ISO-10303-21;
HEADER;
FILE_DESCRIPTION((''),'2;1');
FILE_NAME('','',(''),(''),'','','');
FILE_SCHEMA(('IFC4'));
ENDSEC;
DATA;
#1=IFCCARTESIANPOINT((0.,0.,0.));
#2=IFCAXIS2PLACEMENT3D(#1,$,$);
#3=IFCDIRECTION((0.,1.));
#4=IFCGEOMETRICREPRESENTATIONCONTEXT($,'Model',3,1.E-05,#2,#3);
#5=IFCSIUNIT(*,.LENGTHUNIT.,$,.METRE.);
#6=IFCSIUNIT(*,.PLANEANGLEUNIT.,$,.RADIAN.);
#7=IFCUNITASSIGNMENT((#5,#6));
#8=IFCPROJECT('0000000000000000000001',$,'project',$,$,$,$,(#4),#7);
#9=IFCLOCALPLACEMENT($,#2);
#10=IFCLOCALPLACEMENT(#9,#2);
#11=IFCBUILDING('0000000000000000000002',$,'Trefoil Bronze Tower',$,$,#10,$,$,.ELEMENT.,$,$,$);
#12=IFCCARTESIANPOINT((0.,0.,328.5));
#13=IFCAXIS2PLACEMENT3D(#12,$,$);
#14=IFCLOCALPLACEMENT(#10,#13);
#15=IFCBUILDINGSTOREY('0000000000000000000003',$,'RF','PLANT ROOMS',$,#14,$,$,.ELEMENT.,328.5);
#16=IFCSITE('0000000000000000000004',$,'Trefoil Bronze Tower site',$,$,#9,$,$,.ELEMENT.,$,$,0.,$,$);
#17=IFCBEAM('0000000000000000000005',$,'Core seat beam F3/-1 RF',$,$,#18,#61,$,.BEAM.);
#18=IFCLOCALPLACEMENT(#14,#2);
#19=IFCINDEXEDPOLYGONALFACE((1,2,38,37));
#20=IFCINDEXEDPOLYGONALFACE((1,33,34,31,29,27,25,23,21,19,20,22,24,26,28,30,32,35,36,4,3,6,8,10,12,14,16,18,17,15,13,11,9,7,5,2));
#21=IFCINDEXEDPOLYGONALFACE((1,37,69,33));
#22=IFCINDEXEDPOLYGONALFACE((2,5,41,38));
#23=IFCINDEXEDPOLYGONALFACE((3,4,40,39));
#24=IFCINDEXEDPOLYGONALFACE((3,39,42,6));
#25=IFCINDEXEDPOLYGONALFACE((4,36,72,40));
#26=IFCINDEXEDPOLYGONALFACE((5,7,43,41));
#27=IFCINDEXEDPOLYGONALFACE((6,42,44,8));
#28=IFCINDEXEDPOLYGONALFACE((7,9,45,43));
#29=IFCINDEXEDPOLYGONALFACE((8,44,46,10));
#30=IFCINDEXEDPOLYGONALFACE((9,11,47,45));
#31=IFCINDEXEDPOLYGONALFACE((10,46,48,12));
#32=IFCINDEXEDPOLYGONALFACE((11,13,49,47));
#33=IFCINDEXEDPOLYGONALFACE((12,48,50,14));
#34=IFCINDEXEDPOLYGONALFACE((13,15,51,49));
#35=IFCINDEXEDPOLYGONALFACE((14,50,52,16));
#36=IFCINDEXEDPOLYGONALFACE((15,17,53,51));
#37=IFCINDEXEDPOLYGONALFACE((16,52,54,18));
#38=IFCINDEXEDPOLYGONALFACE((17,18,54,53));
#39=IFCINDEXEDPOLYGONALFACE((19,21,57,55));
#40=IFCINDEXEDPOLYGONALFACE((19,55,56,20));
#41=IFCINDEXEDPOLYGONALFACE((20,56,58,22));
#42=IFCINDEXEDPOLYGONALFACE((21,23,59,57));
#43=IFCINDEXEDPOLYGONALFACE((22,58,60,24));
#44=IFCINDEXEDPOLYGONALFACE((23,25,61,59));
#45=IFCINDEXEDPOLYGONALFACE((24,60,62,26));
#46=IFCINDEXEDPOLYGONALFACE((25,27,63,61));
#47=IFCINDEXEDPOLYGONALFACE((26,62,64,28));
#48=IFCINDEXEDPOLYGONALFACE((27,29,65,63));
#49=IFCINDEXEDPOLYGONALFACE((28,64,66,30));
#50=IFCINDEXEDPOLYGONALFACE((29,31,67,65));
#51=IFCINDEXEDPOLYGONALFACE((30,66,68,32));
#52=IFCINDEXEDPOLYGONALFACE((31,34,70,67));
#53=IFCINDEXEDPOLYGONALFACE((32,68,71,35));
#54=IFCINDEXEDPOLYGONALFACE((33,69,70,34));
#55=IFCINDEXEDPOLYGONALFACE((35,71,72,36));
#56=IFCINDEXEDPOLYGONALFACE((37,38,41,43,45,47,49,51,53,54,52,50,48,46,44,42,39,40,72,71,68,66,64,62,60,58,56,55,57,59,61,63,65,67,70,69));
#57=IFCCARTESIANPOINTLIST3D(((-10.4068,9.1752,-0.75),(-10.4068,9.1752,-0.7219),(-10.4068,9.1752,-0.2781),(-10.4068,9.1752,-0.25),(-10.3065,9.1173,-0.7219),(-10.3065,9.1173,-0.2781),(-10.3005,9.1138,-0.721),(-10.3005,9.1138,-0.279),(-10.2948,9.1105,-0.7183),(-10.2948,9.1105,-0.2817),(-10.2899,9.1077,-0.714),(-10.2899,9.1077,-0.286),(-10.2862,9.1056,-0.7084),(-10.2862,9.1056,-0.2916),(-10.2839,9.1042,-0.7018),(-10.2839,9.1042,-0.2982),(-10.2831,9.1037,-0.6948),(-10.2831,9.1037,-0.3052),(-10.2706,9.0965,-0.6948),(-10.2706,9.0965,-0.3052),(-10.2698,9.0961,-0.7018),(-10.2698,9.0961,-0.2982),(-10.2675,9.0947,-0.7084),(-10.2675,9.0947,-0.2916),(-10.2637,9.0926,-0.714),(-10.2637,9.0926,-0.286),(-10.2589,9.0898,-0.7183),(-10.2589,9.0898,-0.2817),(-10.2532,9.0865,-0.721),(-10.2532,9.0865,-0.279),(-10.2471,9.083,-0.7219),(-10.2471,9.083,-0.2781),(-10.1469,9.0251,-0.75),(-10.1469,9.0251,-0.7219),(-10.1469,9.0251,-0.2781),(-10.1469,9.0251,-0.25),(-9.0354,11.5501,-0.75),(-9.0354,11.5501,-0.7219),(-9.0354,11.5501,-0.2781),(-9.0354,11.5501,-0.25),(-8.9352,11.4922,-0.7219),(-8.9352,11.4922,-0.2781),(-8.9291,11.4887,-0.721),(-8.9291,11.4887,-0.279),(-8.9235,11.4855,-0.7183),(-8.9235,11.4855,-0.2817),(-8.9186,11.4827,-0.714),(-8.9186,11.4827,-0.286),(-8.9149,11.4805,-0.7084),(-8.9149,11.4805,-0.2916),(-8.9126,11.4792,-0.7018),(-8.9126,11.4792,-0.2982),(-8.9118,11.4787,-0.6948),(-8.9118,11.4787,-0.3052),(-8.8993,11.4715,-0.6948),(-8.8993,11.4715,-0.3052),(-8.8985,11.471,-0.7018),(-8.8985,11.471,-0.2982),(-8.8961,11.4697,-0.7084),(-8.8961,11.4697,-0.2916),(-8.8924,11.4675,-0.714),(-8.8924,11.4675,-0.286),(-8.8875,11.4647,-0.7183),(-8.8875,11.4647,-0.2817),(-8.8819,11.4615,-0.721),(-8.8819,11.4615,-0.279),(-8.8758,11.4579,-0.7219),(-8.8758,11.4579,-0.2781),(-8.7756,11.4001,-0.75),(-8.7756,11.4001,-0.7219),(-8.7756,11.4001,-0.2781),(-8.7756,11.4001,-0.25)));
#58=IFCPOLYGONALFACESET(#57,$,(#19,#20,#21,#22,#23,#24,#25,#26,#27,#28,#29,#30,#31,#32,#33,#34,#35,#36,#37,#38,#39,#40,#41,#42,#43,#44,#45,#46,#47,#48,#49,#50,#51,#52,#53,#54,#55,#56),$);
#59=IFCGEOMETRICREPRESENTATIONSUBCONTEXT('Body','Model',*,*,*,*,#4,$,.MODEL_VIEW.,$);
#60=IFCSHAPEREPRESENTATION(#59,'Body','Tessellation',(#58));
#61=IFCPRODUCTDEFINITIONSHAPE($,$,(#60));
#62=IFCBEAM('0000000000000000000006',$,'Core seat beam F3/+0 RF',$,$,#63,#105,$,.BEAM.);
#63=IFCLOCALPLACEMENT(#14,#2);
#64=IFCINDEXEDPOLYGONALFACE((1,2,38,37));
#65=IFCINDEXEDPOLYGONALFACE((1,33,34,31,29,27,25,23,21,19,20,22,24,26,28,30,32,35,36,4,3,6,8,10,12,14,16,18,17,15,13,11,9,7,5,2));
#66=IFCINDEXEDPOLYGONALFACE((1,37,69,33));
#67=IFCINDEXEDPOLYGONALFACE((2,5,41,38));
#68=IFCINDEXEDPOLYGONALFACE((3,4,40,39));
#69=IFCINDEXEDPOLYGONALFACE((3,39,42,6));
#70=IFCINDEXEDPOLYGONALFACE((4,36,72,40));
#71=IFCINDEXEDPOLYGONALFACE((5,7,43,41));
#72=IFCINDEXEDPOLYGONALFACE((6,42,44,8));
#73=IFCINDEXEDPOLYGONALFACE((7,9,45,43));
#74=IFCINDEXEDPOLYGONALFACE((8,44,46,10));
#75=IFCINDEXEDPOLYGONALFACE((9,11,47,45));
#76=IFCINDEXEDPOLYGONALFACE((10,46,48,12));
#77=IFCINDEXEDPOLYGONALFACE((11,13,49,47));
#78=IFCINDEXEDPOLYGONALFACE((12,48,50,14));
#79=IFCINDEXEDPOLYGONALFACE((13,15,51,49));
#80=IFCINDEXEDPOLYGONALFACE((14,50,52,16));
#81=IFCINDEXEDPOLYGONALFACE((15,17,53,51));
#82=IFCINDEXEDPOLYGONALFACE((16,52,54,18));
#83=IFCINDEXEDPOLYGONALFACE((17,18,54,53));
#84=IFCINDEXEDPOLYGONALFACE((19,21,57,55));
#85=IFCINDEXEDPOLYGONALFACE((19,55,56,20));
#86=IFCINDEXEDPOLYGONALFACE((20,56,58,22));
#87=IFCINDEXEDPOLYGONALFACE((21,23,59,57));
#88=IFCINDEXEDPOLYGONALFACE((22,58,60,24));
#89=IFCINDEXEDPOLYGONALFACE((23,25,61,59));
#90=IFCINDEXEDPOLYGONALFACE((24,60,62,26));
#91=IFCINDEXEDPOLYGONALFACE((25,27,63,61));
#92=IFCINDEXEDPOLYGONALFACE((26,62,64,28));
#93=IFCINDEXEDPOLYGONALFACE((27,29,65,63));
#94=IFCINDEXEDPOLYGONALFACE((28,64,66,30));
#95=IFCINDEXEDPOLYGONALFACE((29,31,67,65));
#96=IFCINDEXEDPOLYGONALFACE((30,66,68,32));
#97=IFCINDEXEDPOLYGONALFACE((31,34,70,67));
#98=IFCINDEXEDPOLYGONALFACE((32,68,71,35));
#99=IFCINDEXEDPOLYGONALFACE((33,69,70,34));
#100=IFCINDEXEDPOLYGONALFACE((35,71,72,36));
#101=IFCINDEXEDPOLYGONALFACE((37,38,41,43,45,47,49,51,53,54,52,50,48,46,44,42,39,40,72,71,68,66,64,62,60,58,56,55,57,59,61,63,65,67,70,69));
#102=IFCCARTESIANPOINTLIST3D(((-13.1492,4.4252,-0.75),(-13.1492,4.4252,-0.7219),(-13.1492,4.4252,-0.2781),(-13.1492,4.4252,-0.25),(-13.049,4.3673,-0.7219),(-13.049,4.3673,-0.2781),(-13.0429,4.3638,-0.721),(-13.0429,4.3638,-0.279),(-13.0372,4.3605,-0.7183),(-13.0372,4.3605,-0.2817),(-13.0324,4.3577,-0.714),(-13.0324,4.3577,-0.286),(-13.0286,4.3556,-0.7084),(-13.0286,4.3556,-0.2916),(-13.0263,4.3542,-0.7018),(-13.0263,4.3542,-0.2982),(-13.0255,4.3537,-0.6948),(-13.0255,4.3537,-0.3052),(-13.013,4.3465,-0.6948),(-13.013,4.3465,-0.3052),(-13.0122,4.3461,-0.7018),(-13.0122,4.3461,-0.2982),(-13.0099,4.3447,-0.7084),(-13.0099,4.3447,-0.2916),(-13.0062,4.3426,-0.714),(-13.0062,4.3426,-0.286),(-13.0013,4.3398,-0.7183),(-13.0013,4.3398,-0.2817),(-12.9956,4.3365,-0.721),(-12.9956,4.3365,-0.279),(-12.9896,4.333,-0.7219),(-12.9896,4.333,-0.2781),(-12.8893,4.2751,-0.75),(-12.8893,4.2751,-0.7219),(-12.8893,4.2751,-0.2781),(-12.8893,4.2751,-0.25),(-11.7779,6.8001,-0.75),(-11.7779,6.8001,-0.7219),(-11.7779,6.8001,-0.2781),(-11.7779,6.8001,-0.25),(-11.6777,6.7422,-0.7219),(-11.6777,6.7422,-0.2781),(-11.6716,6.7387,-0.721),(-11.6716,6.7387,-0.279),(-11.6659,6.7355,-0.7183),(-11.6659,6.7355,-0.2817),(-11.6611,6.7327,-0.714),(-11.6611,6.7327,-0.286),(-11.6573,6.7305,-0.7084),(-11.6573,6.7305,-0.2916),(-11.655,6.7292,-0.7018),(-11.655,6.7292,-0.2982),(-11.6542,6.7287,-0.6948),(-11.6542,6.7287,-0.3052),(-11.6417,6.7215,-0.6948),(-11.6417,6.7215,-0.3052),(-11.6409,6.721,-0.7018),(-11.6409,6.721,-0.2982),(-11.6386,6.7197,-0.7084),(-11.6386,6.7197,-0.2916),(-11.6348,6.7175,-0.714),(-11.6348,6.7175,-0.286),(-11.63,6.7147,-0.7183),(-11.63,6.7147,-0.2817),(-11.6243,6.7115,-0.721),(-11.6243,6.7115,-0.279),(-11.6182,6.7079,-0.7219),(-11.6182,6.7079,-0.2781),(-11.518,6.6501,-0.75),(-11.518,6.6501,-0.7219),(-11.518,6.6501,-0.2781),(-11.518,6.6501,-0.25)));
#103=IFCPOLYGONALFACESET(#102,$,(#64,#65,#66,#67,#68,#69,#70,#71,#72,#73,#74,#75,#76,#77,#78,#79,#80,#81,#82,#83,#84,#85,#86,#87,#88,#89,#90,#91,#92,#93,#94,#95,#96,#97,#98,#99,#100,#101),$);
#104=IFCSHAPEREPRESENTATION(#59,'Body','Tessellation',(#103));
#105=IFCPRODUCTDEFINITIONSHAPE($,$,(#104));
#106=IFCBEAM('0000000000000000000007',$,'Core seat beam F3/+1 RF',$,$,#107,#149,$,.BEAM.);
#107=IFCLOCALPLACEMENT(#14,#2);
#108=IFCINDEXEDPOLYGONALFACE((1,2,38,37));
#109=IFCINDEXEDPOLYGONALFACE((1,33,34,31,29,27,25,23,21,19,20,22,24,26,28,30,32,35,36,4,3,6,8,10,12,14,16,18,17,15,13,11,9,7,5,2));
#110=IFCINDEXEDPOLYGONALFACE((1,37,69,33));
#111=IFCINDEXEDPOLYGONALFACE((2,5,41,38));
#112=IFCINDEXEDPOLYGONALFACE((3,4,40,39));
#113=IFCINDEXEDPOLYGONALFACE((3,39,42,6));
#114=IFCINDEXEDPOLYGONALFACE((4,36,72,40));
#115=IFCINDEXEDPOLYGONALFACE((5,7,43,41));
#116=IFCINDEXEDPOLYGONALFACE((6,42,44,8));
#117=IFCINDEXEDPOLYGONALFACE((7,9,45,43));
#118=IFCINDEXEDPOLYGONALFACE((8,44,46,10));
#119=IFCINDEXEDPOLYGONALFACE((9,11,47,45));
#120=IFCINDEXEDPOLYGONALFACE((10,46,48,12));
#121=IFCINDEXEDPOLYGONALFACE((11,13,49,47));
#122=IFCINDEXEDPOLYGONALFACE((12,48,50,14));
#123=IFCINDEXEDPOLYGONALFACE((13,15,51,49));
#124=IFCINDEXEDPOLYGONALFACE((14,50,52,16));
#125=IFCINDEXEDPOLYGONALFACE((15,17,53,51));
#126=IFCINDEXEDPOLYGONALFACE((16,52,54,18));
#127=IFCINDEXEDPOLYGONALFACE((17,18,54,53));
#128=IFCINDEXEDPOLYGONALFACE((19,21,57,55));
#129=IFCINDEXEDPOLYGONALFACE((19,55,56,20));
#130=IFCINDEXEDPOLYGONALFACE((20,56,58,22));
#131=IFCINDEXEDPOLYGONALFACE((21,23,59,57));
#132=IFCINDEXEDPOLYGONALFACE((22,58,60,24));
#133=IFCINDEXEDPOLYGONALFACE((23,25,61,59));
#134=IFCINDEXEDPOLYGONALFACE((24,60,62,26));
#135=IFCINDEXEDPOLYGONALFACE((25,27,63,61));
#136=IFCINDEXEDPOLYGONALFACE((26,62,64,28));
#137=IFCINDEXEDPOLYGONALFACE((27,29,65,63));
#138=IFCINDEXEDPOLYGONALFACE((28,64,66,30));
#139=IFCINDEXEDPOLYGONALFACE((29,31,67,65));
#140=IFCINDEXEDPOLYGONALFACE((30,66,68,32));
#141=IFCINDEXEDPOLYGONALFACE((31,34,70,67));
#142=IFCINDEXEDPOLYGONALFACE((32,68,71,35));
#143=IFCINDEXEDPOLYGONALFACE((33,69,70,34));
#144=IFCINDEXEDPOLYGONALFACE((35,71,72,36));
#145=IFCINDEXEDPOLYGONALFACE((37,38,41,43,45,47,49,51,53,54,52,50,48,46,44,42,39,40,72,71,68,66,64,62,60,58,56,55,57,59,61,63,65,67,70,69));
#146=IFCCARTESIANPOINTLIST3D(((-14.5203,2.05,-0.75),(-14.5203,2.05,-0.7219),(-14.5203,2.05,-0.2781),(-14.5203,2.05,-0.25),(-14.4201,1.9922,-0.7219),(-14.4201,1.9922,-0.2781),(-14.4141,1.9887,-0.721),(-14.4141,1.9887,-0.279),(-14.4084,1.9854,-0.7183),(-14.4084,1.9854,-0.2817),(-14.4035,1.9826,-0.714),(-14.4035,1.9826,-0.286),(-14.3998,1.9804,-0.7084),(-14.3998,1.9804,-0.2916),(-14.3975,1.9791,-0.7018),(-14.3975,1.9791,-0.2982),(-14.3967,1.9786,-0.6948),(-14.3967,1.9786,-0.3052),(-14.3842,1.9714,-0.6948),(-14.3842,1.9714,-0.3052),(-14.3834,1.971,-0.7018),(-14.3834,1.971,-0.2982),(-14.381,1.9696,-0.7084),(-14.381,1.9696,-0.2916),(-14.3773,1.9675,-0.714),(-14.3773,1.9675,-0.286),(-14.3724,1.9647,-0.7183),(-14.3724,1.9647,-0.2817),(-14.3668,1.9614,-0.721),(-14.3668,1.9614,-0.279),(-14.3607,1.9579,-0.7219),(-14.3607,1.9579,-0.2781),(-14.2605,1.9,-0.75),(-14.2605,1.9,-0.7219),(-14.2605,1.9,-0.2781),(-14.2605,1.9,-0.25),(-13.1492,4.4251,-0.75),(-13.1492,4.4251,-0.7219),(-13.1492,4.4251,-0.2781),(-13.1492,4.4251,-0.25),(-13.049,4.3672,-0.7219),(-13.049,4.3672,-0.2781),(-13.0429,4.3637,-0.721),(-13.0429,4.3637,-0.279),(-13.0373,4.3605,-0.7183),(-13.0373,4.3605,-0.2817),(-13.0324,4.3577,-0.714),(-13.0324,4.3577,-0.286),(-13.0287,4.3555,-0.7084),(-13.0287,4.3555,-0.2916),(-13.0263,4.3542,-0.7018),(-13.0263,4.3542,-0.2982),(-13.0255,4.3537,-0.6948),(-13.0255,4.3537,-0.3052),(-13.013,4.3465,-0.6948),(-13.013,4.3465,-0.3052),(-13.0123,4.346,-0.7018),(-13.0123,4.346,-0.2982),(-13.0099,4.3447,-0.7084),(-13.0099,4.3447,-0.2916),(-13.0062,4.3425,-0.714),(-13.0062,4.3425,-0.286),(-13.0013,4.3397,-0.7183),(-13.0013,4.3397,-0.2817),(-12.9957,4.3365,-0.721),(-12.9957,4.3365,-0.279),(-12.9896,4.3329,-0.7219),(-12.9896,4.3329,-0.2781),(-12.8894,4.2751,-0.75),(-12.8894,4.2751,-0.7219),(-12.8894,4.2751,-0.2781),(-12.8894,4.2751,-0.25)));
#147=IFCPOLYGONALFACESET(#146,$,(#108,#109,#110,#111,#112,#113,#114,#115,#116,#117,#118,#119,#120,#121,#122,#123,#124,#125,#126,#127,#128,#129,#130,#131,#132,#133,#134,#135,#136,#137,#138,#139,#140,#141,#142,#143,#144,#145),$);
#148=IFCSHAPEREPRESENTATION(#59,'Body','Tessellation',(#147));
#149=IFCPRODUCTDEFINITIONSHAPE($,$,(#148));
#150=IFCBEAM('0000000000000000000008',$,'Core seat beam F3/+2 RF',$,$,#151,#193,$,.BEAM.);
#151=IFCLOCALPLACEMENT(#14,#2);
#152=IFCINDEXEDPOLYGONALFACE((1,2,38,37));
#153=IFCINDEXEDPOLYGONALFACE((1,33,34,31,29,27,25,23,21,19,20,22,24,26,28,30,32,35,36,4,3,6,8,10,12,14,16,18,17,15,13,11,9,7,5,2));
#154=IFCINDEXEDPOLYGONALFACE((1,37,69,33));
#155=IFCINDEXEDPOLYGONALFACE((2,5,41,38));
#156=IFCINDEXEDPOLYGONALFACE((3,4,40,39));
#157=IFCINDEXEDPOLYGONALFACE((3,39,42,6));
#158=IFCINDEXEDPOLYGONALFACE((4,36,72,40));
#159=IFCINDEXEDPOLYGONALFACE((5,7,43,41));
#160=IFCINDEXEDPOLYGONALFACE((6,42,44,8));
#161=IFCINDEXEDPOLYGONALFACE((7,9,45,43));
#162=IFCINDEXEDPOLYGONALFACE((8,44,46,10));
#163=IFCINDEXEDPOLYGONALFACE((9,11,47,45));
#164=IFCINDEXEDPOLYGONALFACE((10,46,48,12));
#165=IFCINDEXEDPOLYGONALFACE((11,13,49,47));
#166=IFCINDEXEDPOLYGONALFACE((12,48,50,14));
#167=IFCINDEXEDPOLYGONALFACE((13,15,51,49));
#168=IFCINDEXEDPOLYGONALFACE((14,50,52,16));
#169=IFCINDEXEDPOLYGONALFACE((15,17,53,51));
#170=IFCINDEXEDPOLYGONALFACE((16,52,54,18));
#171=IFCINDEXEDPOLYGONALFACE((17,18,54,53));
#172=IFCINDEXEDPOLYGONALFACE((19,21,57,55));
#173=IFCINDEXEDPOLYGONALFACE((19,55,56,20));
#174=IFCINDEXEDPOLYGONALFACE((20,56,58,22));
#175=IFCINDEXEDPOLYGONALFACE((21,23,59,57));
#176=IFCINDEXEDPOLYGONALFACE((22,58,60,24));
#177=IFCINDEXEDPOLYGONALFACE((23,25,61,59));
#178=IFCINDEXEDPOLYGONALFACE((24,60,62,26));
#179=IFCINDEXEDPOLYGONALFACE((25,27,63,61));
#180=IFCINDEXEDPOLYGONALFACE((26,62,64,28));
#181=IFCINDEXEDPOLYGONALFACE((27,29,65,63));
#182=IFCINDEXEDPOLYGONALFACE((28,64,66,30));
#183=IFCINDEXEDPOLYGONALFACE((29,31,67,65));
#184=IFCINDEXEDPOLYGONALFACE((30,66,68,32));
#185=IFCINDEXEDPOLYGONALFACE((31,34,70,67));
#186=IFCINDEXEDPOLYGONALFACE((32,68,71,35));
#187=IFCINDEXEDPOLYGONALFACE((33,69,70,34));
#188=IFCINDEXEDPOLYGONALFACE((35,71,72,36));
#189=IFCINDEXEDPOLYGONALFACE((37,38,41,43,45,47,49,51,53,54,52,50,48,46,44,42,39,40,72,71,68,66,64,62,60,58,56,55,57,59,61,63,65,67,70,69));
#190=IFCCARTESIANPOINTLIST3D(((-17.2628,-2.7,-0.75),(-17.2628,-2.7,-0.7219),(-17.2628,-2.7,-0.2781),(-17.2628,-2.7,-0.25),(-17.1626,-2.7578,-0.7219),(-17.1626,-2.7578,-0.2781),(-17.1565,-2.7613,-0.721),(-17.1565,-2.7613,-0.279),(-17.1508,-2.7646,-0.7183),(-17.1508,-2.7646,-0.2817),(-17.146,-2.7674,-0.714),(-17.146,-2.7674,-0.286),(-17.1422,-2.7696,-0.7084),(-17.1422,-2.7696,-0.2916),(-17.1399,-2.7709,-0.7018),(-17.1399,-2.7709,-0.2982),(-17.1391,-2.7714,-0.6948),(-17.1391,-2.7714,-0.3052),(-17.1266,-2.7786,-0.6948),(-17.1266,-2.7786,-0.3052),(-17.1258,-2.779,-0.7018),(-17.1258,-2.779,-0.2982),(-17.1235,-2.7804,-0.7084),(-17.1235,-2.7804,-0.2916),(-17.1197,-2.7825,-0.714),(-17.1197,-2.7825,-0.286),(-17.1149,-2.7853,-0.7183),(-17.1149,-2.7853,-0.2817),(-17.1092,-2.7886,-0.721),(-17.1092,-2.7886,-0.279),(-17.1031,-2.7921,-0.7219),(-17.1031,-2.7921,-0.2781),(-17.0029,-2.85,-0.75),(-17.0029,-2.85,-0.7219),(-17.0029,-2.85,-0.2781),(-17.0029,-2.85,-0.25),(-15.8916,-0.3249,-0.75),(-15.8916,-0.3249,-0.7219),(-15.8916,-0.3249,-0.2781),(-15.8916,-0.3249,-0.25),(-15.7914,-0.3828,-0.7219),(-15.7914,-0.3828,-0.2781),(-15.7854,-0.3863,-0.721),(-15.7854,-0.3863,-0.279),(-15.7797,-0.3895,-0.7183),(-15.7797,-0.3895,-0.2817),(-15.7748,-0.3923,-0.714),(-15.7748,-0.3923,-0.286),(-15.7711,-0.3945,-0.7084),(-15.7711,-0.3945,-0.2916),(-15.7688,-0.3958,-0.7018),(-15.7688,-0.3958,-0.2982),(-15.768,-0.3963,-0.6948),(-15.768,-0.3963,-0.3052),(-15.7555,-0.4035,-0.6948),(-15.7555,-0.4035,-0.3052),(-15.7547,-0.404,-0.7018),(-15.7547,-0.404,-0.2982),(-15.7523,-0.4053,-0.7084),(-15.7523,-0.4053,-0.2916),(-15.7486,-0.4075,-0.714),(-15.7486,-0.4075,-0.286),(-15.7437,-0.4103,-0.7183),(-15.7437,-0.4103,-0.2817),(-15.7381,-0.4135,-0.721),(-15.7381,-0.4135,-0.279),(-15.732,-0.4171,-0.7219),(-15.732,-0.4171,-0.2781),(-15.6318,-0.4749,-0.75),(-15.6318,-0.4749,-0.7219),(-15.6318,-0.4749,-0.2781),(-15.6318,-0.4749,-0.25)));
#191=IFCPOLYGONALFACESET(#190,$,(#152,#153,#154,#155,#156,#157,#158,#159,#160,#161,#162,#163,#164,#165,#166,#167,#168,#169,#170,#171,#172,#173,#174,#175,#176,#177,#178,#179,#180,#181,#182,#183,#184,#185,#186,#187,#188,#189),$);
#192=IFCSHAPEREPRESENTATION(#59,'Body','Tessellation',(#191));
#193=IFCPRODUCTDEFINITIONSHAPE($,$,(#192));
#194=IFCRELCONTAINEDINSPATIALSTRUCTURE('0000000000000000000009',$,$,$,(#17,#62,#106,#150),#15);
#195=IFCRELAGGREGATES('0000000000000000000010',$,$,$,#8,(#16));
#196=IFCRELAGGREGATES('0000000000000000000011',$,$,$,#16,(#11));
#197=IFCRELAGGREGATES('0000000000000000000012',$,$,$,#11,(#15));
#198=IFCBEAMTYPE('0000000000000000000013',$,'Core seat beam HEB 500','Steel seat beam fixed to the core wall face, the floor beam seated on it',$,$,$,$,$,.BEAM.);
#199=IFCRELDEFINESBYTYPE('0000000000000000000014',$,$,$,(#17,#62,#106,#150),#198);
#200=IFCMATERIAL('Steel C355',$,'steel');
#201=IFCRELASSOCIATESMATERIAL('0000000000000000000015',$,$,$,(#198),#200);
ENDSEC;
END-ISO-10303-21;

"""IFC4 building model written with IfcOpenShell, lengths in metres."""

from ifc_helpers import new_model, si_unit, direction, frame, origin, origin_2d, place, context, subcontext, project, spatial, i_section, extrude, material, material_profile, profile_set, type_object, element, save


model = new_model("IFC4")

# Units and contexts
model_context = context("Model", 3, precision=1e-05, world=origin(), true_north=direction((0.0, 1.0)))
body_context = subcontext(model_context, "Body", "Model", "MODEL_VIEW")
ifc_project = project(units=[si_unit("LENGTHUNIT", "METRE"), si_unit("PLANEANGLEUNIT", "RADIAN")], contexts=[model_context])

# Site, building, storey
site_placement = place(None, origin())
site = spatial("IfcSite", under=ifc_project, at=site_placement, Name="Trefoil Bronze Tower site", CompositionType="ELEMENT", RefElevation=0.0)
building_placement = place(site_placement, origin())
building = spatial("IfcBuilding", under=site, at=building_placement, Name="Trefoil Bronze Tower", CompositionType="ELEMENT")
storey_placement = place(building_placement, frame((0.0, 0.0, 328.5)))
storey = spatial("IfcBuildingStorey", under=building, at=storey_placement, Name="RF", Description="PLANT ROOMS", CompositionType="ELEMENT", Elevation=328.5)

# Beams
ifc_material_1 = material(Name="Steel C355", Category="steel")
ifc_material_profile_1 = material_profile(ifc_material_1, i_section(OverallWidth=0.3, OverallDepth=0.5, WebThickness=0.0144, FlangeThickness=0.0281, FilletRadius=0.0271, at=origin_2d()), Name="HEB 500")
ifc_profile_set_1 = profile_set([ifc_material_profile_1], Name="Steel C355")
beam_type_1 = type_object("IfcBeamType", Name="Core seat beam HEB 500", Description="Steel seat beam fixed to the core wall face, the floor beam seated on it", PredefinedType="BEAM", material=ifc_profile_set_1)
for number, where, z_axis, x_axis, name in (
    (1, (-8.9055, 11.4751, -0.5), (-0.500036, -0.866005, 0.0), (0.866005, -0.500036, 0.0), "Core seat beam F3/-1 RF"),
    (2, (-11.6479, 6.7251, -0.5), (-0.500036, -0.866005, 0.0), (0.866005, -0.500036, 0.0), "Core seat beam F3/+0 RF"),
    (3, (-13.0193, 4.3501, -0.5), (-0.499969, -0.866043, 0.0), (0.866043, -0.499969, 0.0), "Core seat beam F3/+1 RF"),
    (4, (-15.7617, -0.3999, -0.5), (-0.499969, -0.866043, 0.0), (0.866043, -0.499969, 0.0), "Core seat beam F3/+2 RF"),
):
    element("IfcBeam", number, at=place(storey_placement, frame(where, z_axis=z_axis, x_axis=x_axis)), inside=storey, type_object=beam_type_1, Name=name, PredefinedType="BEAM", context=body_context, shape_type="SweptSolid", body=[
        extrude(i_section(OverallWidth=0.3, OverallDepth=0.5, WebThickness=0.0144, FlangeThickness=0.0281, FilletRadius=0.0271, at=origin_2d()), origin(), (0.0, 0.0, 1.0), 2.7424),
    ])

save(model, "model.ifc")
